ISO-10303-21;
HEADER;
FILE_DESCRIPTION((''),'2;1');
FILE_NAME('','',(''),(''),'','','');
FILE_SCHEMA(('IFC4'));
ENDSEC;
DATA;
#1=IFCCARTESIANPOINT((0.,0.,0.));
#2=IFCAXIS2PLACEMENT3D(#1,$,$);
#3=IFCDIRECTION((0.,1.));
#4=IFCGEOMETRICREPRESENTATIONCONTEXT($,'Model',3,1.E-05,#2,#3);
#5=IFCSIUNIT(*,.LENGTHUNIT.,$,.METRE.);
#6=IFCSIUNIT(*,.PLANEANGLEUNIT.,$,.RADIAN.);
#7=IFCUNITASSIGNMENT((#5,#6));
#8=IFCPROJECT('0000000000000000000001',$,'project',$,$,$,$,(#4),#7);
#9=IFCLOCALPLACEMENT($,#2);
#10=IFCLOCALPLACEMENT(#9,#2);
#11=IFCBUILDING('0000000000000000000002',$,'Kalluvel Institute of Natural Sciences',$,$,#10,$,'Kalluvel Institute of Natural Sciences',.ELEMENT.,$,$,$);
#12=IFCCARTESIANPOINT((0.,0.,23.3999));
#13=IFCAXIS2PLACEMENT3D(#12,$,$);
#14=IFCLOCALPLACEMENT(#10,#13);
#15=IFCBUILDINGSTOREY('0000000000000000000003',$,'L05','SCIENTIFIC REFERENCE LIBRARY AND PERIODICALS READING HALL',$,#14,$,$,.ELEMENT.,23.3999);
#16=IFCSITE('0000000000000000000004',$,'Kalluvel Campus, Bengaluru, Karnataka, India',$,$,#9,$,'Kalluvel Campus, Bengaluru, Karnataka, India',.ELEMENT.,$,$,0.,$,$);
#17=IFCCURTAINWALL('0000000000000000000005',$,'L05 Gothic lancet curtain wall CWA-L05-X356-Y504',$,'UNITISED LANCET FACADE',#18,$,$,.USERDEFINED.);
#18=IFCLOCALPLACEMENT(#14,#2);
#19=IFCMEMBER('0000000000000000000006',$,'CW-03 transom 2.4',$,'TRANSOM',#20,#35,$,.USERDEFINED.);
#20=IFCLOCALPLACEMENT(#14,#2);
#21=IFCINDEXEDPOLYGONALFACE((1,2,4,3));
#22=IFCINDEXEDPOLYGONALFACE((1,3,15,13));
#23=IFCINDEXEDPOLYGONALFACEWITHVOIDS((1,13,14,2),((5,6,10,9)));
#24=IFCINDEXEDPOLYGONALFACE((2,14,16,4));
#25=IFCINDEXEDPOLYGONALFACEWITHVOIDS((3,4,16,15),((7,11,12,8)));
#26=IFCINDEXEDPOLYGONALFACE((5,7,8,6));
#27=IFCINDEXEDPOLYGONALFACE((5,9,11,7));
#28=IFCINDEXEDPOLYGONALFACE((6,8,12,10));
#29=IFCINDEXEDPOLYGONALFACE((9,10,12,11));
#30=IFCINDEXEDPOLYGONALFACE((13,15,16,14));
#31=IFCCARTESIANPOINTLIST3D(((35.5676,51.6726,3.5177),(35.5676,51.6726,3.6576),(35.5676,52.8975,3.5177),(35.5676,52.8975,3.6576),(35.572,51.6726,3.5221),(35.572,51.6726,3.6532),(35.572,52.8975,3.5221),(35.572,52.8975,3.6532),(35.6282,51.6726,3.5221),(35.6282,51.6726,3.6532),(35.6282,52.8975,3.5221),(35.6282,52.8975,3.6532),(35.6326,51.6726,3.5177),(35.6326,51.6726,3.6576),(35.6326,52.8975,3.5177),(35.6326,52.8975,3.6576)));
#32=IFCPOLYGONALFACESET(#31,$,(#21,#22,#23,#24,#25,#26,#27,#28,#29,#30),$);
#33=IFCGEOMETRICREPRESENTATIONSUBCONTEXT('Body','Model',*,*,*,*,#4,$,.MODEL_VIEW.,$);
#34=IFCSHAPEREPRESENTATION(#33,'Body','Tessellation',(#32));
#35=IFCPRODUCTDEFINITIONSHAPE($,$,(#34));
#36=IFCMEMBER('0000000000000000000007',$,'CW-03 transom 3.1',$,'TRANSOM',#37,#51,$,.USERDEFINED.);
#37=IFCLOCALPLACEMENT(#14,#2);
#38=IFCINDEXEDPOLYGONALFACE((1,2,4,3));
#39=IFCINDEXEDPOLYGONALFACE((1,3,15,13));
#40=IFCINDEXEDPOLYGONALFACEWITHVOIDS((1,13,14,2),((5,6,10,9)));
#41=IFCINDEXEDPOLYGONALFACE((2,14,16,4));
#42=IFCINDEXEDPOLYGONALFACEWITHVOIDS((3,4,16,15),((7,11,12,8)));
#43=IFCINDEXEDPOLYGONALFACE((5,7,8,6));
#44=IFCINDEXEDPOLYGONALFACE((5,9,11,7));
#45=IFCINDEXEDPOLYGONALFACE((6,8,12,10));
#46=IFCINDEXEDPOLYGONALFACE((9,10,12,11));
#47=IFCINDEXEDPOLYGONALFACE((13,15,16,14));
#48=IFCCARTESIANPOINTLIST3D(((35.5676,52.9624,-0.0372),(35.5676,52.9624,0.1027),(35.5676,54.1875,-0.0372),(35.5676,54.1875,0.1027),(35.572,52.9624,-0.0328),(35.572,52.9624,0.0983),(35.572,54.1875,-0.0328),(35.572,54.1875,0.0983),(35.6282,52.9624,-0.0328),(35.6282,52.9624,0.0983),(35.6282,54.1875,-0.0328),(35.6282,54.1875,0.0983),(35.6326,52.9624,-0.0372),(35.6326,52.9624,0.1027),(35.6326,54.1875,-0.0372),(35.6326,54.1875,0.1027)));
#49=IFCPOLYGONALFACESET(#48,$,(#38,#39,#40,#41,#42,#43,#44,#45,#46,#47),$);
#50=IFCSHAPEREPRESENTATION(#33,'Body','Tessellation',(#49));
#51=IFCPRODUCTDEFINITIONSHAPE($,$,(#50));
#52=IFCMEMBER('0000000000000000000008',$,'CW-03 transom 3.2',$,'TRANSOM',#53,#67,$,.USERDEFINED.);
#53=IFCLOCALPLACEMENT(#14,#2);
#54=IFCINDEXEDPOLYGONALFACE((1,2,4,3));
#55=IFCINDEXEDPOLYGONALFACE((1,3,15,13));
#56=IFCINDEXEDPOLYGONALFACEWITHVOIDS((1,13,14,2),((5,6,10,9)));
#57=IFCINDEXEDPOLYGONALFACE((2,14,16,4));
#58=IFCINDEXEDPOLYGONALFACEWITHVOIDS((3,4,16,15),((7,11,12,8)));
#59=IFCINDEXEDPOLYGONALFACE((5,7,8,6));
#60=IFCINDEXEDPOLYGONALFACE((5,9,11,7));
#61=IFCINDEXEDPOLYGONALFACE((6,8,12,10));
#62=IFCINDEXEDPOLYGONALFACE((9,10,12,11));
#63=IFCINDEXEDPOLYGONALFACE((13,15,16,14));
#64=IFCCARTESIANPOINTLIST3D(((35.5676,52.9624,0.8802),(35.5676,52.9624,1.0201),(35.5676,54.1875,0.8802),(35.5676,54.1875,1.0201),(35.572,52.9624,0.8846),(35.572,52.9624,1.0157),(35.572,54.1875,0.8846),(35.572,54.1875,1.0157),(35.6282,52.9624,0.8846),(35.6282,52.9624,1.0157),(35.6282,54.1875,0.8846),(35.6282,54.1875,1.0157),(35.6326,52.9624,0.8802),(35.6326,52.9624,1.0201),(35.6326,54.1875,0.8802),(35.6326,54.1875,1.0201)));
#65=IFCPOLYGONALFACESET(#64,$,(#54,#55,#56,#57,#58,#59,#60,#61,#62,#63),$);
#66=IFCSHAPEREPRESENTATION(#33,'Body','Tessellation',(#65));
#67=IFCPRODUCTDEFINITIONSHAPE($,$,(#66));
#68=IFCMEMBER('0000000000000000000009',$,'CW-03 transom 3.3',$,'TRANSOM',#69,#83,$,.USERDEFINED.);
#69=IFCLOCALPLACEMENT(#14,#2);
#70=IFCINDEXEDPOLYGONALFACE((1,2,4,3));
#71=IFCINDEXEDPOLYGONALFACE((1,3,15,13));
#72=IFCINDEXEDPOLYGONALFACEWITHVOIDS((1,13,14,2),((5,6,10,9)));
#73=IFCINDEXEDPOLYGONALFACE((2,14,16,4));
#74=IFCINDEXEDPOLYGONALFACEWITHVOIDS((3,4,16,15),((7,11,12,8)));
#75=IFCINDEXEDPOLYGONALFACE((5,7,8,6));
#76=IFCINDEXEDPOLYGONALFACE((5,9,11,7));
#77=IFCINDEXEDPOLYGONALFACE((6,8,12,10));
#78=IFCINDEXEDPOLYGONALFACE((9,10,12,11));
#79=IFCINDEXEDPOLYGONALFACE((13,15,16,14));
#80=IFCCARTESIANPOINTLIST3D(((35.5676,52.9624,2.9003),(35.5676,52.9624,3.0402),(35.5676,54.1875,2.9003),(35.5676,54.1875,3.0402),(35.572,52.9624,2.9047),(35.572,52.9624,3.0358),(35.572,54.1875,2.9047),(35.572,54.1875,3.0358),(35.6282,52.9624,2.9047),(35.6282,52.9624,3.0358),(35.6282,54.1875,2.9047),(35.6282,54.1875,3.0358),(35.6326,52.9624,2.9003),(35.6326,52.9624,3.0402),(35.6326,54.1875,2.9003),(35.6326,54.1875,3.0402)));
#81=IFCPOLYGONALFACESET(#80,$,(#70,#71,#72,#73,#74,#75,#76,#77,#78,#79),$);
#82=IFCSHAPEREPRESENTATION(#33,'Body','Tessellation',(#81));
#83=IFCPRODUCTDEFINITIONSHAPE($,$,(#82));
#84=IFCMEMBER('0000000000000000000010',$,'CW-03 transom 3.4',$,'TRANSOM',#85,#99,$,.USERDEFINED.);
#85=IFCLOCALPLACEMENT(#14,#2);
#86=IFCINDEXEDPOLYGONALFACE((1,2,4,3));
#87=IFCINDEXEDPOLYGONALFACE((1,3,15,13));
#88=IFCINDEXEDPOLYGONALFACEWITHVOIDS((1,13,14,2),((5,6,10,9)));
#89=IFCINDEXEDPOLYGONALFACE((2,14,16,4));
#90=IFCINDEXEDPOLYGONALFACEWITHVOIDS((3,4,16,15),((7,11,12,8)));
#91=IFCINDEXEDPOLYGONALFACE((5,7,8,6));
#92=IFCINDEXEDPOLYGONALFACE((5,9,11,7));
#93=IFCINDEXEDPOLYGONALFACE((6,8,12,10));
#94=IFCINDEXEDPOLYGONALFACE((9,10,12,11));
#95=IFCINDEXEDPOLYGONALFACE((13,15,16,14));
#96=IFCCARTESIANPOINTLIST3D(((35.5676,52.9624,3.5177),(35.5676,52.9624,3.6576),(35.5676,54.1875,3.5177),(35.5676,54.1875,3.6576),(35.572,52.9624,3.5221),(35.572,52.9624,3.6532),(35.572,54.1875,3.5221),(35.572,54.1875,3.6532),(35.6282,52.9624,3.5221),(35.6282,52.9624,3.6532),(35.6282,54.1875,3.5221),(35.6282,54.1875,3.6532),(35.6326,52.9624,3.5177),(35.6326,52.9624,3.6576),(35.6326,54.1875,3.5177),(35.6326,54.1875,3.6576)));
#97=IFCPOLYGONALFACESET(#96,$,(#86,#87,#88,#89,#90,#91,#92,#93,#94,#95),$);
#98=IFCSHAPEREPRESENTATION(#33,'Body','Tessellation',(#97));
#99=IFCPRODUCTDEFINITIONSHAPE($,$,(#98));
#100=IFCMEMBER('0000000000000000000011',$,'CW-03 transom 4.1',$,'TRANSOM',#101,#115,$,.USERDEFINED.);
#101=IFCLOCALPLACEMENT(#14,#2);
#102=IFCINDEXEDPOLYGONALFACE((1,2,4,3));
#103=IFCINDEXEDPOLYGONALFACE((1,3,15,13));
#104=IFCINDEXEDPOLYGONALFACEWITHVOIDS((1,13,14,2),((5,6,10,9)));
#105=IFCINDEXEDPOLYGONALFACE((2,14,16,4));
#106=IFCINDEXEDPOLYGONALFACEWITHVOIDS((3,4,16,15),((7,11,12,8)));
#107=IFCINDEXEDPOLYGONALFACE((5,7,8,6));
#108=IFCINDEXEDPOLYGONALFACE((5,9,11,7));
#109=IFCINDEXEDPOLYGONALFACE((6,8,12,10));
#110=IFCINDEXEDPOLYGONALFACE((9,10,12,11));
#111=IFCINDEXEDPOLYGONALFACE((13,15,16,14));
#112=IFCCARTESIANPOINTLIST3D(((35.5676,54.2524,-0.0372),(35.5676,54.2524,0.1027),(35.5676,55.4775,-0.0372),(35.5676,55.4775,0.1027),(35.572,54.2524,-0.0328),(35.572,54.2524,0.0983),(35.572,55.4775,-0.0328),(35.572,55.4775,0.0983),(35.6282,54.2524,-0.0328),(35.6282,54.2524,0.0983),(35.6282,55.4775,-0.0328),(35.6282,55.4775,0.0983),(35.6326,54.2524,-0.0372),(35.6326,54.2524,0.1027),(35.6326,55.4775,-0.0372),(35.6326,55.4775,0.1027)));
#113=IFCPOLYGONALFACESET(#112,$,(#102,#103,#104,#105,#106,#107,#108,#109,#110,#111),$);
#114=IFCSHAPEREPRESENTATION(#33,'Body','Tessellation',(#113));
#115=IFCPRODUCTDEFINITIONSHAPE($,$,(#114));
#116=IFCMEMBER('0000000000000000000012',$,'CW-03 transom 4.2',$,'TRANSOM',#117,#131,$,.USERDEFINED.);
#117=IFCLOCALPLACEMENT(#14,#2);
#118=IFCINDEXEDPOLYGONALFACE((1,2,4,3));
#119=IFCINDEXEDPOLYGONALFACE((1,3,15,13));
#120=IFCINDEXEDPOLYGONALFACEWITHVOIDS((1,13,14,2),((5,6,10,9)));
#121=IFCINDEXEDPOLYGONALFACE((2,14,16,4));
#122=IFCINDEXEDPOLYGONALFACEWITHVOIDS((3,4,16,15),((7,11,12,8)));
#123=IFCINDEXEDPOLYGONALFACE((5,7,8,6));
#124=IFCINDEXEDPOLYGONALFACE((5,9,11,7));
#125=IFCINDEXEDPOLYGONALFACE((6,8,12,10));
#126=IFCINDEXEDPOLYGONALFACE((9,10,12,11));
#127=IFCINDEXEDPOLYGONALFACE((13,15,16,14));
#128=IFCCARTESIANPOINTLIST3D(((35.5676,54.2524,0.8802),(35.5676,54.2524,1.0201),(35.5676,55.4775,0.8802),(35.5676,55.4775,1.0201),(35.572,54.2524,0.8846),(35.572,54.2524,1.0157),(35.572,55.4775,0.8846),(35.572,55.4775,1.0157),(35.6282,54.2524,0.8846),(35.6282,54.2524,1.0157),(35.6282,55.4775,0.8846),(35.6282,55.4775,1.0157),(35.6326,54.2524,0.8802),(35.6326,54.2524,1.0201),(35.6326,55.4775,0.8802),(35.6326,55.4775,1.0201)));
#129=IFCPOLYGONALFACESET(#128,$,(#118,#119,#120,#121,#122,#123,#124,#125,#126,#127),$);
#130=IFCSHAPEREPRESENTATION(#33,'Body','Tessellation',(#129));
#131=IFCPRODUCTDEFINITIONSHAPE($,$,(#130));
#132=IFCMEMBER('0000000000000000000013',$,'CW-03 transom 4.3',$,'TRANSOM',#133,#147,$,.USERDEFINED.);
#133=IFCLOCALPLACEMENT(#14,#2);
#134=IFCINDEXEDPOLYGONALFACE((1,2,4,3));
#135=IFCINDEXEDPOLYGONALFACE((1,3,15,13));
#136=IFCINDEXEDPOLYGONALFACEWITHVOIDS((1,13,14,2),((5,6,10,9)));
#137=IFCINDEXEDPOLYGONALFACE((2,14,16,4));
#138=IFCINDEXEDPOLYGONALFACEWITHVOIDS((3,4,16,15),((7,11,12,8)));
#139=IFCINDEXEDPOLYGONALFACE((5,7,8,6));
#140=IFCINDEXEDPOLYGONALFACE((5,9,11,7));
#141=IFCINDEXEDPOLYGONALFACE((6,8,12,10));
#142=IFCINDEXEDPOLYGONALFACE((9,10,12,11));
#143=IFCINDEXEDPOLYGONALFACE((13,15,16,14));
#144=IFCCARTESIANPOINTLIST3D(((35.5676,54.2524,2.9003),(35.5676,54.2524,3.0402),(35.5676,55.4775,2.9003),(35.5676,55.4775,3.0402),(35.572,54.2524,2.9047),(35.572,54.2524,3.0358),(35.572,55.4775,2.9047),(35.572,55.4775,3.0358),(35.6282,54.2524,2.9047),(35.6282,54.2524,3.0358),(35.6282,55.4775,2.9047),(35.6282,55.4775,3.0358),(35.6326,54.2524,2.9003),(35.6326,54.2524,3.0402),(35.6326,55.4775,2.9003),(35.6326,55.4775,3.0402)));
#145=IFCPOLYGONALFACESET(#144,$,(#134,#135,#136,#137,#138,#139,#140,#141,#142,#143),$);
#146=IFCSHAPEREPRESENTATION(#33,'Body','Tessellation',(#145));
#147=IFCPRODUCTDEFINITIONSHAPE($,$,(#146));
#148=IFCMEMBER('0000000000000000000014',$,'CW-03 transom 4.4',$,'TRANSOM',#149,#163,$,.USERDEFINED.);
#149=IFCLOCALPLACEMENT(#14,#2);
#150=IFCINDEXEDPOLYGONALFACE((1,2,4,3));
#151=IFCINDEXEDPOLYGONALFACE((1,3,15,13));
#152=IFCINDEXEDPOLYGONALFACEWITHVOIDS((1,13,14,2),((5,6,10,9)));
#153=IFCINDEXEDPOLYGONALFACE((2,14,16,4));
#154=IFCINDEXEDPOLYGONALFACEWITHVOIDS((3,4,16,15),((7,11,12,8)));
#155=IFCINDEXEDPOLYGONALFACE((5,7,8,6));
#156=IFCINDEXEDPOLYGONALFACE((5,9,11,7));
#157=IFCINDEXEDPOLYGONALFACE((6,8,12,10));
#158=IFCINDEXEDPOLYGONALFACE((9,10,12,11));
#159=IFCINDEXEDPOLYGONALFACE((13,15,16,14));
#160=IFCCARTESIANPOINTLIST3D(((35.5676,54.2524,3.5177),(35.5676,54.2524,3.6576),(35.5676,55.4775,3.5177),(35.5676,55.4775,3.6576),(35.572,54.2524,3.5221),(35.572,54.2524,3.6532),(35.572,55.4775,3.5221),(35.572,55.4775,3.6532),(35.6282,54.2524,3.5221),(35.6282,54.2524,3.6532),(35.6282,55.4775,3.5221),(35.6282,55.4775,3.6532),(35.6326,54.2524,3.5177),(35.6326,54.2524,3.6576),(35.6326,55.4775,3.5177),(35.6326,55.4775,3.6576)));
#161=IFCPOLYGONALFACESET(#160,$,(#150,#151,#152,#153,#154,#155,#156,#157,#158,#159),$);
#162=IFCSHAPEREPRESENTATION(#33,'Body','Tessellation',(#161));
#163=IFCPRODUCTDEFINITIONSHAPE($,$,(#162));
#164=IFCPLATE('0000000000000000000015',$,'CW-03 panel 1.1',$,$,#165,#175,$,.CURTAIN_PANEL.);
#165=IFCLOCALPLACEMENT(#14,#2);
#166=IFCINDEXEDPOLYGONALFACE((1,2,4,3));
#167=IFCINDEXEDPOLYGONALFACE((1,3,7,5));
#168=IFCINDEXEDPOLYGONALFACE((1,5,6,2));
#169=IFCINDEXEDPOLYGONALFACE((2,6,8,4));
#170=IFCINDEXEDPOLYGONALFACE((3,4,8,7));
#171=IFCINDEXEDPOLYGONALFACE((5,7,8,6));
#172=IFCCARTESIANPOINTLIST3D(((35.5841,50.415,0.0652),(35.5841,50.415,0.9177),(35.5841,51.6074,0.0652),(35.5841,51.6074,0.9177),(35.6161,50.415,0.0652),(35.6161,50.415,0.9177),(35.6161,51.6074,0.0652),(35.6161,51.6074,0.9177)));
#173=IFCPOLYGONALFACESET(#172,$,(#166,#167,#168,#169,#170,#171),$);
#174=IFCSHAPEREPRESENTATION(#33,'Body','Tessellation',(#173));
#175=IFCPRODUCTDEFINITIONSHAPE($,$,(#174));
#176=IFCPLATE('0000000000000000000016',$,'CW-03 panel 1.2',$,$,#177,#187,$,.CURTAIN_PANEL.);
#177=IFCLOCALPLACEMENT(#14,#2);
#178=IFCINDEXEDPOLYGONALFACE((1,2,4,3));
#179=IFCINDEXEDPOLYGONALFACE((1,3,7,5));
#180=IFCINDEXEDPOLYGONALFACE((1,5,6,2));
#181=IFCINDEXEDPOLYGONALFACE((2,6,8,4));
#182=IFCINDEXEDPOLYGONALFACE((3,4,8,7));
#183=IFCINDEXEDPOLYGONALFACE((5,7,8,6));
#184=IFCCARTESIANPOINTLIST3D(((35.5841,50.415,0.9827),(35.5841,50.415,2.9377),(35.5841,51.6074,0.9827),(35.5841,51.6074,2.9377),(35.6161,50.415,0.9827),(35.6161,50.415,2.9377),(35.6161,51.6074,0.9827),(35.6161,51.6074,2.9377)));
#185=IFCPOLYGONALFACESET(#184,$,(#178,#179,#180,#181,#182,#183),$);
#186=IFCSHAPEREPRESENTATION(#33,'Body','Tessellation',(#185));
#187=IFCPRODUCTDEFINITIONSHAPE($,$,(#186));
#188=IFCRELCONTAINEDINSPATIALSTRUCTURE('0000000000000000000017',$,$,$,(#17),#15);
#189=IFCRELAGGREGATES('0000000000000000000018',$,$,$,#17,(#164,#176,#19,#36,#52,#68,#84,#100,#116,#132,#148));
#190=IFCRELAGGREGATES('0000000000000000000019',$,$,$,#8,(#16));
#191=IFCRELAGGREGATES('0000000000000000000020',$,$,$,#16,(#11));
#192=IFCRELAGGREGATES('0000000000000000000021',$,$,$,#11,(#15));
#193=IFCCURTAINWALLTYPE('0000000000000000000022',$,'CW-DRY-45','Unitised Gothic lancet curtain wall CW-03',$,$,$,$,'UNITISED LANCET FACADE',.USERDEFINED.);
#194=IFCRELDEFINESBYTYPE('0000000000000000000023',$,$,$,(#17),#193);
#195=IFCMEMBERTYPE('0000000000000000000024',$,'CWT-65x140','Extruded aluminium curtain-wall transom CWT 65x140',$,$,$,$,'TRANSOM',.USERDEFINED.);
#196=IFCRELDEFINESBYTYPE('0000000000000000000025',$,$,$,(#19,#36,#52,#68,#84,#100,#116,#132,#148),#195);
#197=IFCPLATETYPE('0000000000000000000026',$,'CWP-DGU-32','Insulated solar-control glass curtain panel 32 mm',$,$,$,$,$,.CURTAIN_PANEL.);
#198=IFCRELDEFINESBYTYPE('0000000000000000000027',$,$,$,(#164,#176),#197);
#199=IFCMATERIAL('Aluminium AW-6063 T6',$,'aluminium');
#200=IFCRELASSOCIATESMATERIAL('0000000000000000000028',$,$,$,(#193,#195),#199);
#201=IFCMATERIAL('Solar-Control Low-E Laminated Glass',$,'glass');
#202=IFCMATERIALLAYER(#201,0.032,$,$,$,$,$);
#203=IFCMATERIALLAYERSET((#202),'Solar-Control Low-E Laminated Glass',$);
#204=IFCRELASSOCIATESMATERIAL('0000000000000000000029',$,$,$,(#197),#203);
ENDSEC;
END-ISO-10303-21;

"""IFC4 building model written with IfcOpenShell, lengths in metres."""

from ifc_helpers import new_model, si_unit, direction, frame, origin, origin_2d, place, context, subcontext, project, spatial, rectangle, hollow_rectangle, extrude, material, layer, layer_set, material_profile, profile_set, type_object, element, aggregate, save


model = new_model("IFC4")

# Units and contexts
model_context = context("Model", 3, precision=1e-05, world=origin(), true_north=direction((0.0, 1.0)))
body_context = subcontext(model_context, "Body", "Model", "MODEL_VIEW")
ifc_project = project(units=[si_unit("LENGTHUNIT", "METRE"), si_unit("PLANEANGLEUNIT", "RADIAN")], contexts=[model_context])

# Site, building, storey
site_placement = place(None, origin())
site = spatial("IfcSite", under=ifc_project, at=site_placement, Name="Kalluvel Campus, Bengaluru, Karnataka, India", LongName="Kalluvel Campus, Bengaluru, Karnataka, India", CompositionType="ELEMENT", RefElevation=0.0)
building_placement = place(site_placement, origin())
building = spatial("IfcBuilding", under=site, at=building_placement, Name="Kalluvel Institute of Natural Sciences", LongName="Kalluvel Institute of Natural Sciences", CompositionType="ELEMENT")
storey_placement = place(building_placement, frame((0.0, 0.0, 23.3999)))
storey = spatial("IfcBuildingStorey", under=building, at=storey_placement, Name="L05", Description="SCIENTIFIC REFERENCE LIBRARY AND PERIODICALS READING HALL", CompositionType="ELEMENT", Elevation=23.3999)

# Curtain wall, members, plates
ifc_material_1 = material(Name="Aluminium AW-6063 T6", Category="aluminium")
curtain_wall_type = type_object("IfcCurtainWallType", Name="CW-DRY-45", Description="Unitised Gothic lancet curtain wall CW-03", ElementType="UNITISED LANCET FACADE", PredefinedType="USERDEFINED", material=ifc_material_1)
curtain_wall_placement = place(storey_placement, origin())
curtain_wall = element("IfcCurtainWall", 1, at=curtain_wall_placement, inside=storey, type_object=curtain_wall_type, Name="L05 Gothic lancet curtain wall CWA-L05-X356-Y504", ObjectType="UNITISED LANCET FACADE", PredefinedType="USERDEFINED")
ifc_material_profile_1 = material_profile(ifc_material_1, hollow_rectangle(XDim=0.0649, YDim=0.1399, WallThickness=0.0044, at=origin_2d()), Name="CWT 65x140")
ifc_profile_set_1 = profile_set([ifc_material_profile_1], Name="Aluminium AW-6063 T6")
member_type_1 = type_object("IfcMemberType", Name="CWT-65x140", Description="Extruded aluminium curtain-wall transom CWT 65x140", ElementType="TRANSOM", PredefinedType="USERDEFINED", material=ifc_profile_set_1)
member_1_placement = place(storey_placement, frame((35.6001, 51.6726, 3.5876), z_axis=(0.0, 1.0, 0.0), x_axis=(-1.0, 0.0, 0.0)))
member_1 = element("IfcMember", 2, at=member_1_placement, type_object=member_type_1, Name="CW-03 transom 2.4", ObjectType="TRANSOM", PredefinedType="USERDEFINED", context=body_context, shape_type="SweptSolid", body=[
    extrude(hollow_rectangle(XDim=0.0649, YDim=0.1399, WallThickness=0.0044, at=origin_2d()), origin(), (0.0, 0.0, 1.0), 1.2249),
])
member_2_placement = place(storey_placement, frame((35.6001, 52.9624, 0.0327), z_axis=(0.0, 1.0, 0.0), x_axis=(-1.0, 0.0, 0.0)))
member_2 = element("IfcMember", 3, at=member_2_placement, type_object=member_type_1, Name="CW-03 transom 3.1", ObjectType="TRANSOM", PredefinedType="USERDEFINED", context=body_context, shape_type="SweptSolid", body=[
    extrude(hollow_rectangle(XDim=0.0649, YDim=0.1399, WallThickness=0.0044, at=origin_2d()), origin(), (0.0, 0.0, 1.0), 1.2251),
])
member_3_placement = place(storey_placement, frame((35.6001, 52.9624, 0.9502), z_axis=(0.0, 1.0, 0.0), x_axis=(-1.0, 0.0, 0.0)))
member_3 = element("IfcMember", 4, at=member_3_placement, type_object=member_type_1, Name="CW-03 transom 3.2", ObjectType="TRANSOM", PredefinedType="USERDEFINED", context=body_context, shape_type="SweptSolid", body=[
    extrude(hollow_rectangle(XDim=0.0649, YDim=0.1399, WallThickness=0.0044, at=origin_2d()), origin(), (0.0, 0.0, 1.0), 1.2251),
])
member_4_placement = place(storey_placement, frame((35.6001, 52.9624, 2.9702), z_axis=(0.0, 1.0, 0.0), x_axis=(-1.0, 0.0, 0.0)))
member_4 = element("IfcMember", 5, at=member_4_placement, type_object=member_type_1, Name="CW-03 transom 3.3", ObjectType="TRANSOM", PredefinedType="USERDEFINED", context=body_context, shape_type="SweptSolid", body=[
    extrude(hollow_rectangle(XDim=0.0649, YDim=0.1399, WallThickness=0.0044, at=origin_2d()), origin(), (0.0, 0.0, 1.0), 1.2251),
])
member_5_placement = place(storey_placement, frame((35.6001, 52.9624, 3.5876), z_axis=(0.0, 1.0, 0.0), x_axis=(-1.0, 0.0, 0.0)))
member_5 = element("IfcMember", 6, at=member_5_placement, type_object=member_type_1, Name="CW-03 transom 3.4", ObjectType="TRANSOM", PredefinedType="USERDEFINED", context=body_context, shape_type="SweptSolid", body=[
    extrude(hollow_rectangle(XDim=0.0649, YDim=0.1399, WallThickness=0.0044, at=origin_2d()), origin(), (0.0, 0.0, 1.0), 1.2251),
])
member_6_placement = place(storey_placement, frame((35.6001, 54.2524, 0.0327), z_axis=(0.0, 1.0, 0.0), x_axis=(-1.0, 0.0, 0.0)))
member_6 = element("IfcMember", 7, at=member_6_placement, type_object=member_type_1, Name="CW-03 transom 4.1", ObjectType="TRANSOM", PredefinedType="USERDEFINED", context=body_context, shape_type="SweptSolid", body=[
    extrude(hollow_rectangle(XDim=0.0649, YDim=0.1399, WallThickness=0.0044, at=origin_2d()), origin(), (0.0, 0.0, 1.0), 1.2251),
])
member_7_placement = place(storey_placement, frame((35.6001, 54.2524, 0.9502), z_axis=(0.0, 1.0, 0.0), x_axis=(-1.0, 0.0, 0.0)))
member_7 = element("IfcMember", 8, at=member_7_placement, type_object=member_type_1, Name="CW-03 transom 4.2", ObjectType="TRANSOM", PredefinedType="USERDEFINED", context=body_context, shape_type="SweptSolid", body=[
    extrude(hollow_rectangle(XDim=0.0649, YDim=0.1399, WallThickness=0.0044, at=origin_2d()), origin(), (0.0, 0.0, 1.0), 1.2251),
])
member_8_placement = place(storey_placement, frame((35.6001, 54.2524, 2.9702), z_axis=(0.0, 1.0, 0.0), x_axis=(-1.0, 0.0, 0.0)))
member_8 = element("IfcMember", 9, at=member_8_placement, type_object=member_type_1, Name="CW-03 transom 4.3", ObjectType="TRANSOM", PredefinedType="USERDEFINED", context=body_context, shape_type="SweptSolid", body=[
    extrude(hollow_rectangle(XDim=0.0649, YDim=0.1399, WallThickness=0.0044, at=origin_2d()), origin(), (0.0, 0.0, 1.0), 1.2251),
])
member_9_placement = place(storey_placement, frame((35.6001, 54.2524, 3.5876), z_axis=(0.0, 1.0, 0.0), x_axis=(-1.0, 0.0, 0.0)))
member_9 = element("IfcMember", 10, at=member_9_placement, type_object=member_type_1, Name="CW-03 transom 4.4", ObjectType="TRANSOM", PredefinedType="USERDEFINED", context=body_context, shape_type="SweptSolid", body=[
    extrude(hollow_rectangle(XDim=0.0649, YDim=0.1399, WallThickness=0.0044, at=origin_2d()), origin(), (0.0, 0.0, 1.0), 1.2251),
])
ifc_material_2 = material(Name="Solar-Control Low-E Laminated Glass", Category="glass")
ifc_layer = layer(ifc_material_2, 0.032)
ifc_layer_set = layer_set([ifc_layer], Name="Solar-Control Low-E Laminated Glass")
plate_type = type_object("IfcPlateType", Name="CWP-DGU-32", Description="Insulated solar-control glass curtain panel 32 mm", PredefinedType="CURTAIN_PANEL", material=ifc_layer_set)
plate_1_placement = place(storey_placement, frame((35.6001, 51.0112, 0.0652), z_axis=(0.0, 0.0, 1.0), x_axis=(0.0, 1.0, 0.0)))
plate_1 = element("IfcPlate", 11, at=plate_1_placement, type_object=plate_type, Name="CW-03 panel 1.1", PredefinedType="CURTAIN_PANEL", context=body_context, shape_type="SweptSolid", body=[
    extrude(rectangle(XDim=1.1924, YDim=0.032, at=origin_2d()), origin(), (0.0, 0.0, 1.0), 0.8525),
])
plate_2_placement = place(storey_placement, frame((35.6001, 51.0112, 0.9827), z_axis=(0.0, 0.0, 1.0), x_axis=(0.0, 1.0, 0.0)))
plate_2 = element("IfcPlate", 12, at=plate_2_placement, type_object=plate_type, Name="CW-03 panel 1.2", PredefinedType="CURTAIN_PANEL", context=body_context, shape_type="SweptSolid", body=[
    extrude(rectangle(XDim=1.1924, YDim=0.032, at=origin_2d()), origin(), (0.0, 0.0, 1.0), 1.9551),
])
aggregate(curtain_wall, [plate_1, plate_2, member_1, member_2, member_3, member_4, member_5, member_6, member_7, member_8, member_9])

save(model, "model.ifc")
